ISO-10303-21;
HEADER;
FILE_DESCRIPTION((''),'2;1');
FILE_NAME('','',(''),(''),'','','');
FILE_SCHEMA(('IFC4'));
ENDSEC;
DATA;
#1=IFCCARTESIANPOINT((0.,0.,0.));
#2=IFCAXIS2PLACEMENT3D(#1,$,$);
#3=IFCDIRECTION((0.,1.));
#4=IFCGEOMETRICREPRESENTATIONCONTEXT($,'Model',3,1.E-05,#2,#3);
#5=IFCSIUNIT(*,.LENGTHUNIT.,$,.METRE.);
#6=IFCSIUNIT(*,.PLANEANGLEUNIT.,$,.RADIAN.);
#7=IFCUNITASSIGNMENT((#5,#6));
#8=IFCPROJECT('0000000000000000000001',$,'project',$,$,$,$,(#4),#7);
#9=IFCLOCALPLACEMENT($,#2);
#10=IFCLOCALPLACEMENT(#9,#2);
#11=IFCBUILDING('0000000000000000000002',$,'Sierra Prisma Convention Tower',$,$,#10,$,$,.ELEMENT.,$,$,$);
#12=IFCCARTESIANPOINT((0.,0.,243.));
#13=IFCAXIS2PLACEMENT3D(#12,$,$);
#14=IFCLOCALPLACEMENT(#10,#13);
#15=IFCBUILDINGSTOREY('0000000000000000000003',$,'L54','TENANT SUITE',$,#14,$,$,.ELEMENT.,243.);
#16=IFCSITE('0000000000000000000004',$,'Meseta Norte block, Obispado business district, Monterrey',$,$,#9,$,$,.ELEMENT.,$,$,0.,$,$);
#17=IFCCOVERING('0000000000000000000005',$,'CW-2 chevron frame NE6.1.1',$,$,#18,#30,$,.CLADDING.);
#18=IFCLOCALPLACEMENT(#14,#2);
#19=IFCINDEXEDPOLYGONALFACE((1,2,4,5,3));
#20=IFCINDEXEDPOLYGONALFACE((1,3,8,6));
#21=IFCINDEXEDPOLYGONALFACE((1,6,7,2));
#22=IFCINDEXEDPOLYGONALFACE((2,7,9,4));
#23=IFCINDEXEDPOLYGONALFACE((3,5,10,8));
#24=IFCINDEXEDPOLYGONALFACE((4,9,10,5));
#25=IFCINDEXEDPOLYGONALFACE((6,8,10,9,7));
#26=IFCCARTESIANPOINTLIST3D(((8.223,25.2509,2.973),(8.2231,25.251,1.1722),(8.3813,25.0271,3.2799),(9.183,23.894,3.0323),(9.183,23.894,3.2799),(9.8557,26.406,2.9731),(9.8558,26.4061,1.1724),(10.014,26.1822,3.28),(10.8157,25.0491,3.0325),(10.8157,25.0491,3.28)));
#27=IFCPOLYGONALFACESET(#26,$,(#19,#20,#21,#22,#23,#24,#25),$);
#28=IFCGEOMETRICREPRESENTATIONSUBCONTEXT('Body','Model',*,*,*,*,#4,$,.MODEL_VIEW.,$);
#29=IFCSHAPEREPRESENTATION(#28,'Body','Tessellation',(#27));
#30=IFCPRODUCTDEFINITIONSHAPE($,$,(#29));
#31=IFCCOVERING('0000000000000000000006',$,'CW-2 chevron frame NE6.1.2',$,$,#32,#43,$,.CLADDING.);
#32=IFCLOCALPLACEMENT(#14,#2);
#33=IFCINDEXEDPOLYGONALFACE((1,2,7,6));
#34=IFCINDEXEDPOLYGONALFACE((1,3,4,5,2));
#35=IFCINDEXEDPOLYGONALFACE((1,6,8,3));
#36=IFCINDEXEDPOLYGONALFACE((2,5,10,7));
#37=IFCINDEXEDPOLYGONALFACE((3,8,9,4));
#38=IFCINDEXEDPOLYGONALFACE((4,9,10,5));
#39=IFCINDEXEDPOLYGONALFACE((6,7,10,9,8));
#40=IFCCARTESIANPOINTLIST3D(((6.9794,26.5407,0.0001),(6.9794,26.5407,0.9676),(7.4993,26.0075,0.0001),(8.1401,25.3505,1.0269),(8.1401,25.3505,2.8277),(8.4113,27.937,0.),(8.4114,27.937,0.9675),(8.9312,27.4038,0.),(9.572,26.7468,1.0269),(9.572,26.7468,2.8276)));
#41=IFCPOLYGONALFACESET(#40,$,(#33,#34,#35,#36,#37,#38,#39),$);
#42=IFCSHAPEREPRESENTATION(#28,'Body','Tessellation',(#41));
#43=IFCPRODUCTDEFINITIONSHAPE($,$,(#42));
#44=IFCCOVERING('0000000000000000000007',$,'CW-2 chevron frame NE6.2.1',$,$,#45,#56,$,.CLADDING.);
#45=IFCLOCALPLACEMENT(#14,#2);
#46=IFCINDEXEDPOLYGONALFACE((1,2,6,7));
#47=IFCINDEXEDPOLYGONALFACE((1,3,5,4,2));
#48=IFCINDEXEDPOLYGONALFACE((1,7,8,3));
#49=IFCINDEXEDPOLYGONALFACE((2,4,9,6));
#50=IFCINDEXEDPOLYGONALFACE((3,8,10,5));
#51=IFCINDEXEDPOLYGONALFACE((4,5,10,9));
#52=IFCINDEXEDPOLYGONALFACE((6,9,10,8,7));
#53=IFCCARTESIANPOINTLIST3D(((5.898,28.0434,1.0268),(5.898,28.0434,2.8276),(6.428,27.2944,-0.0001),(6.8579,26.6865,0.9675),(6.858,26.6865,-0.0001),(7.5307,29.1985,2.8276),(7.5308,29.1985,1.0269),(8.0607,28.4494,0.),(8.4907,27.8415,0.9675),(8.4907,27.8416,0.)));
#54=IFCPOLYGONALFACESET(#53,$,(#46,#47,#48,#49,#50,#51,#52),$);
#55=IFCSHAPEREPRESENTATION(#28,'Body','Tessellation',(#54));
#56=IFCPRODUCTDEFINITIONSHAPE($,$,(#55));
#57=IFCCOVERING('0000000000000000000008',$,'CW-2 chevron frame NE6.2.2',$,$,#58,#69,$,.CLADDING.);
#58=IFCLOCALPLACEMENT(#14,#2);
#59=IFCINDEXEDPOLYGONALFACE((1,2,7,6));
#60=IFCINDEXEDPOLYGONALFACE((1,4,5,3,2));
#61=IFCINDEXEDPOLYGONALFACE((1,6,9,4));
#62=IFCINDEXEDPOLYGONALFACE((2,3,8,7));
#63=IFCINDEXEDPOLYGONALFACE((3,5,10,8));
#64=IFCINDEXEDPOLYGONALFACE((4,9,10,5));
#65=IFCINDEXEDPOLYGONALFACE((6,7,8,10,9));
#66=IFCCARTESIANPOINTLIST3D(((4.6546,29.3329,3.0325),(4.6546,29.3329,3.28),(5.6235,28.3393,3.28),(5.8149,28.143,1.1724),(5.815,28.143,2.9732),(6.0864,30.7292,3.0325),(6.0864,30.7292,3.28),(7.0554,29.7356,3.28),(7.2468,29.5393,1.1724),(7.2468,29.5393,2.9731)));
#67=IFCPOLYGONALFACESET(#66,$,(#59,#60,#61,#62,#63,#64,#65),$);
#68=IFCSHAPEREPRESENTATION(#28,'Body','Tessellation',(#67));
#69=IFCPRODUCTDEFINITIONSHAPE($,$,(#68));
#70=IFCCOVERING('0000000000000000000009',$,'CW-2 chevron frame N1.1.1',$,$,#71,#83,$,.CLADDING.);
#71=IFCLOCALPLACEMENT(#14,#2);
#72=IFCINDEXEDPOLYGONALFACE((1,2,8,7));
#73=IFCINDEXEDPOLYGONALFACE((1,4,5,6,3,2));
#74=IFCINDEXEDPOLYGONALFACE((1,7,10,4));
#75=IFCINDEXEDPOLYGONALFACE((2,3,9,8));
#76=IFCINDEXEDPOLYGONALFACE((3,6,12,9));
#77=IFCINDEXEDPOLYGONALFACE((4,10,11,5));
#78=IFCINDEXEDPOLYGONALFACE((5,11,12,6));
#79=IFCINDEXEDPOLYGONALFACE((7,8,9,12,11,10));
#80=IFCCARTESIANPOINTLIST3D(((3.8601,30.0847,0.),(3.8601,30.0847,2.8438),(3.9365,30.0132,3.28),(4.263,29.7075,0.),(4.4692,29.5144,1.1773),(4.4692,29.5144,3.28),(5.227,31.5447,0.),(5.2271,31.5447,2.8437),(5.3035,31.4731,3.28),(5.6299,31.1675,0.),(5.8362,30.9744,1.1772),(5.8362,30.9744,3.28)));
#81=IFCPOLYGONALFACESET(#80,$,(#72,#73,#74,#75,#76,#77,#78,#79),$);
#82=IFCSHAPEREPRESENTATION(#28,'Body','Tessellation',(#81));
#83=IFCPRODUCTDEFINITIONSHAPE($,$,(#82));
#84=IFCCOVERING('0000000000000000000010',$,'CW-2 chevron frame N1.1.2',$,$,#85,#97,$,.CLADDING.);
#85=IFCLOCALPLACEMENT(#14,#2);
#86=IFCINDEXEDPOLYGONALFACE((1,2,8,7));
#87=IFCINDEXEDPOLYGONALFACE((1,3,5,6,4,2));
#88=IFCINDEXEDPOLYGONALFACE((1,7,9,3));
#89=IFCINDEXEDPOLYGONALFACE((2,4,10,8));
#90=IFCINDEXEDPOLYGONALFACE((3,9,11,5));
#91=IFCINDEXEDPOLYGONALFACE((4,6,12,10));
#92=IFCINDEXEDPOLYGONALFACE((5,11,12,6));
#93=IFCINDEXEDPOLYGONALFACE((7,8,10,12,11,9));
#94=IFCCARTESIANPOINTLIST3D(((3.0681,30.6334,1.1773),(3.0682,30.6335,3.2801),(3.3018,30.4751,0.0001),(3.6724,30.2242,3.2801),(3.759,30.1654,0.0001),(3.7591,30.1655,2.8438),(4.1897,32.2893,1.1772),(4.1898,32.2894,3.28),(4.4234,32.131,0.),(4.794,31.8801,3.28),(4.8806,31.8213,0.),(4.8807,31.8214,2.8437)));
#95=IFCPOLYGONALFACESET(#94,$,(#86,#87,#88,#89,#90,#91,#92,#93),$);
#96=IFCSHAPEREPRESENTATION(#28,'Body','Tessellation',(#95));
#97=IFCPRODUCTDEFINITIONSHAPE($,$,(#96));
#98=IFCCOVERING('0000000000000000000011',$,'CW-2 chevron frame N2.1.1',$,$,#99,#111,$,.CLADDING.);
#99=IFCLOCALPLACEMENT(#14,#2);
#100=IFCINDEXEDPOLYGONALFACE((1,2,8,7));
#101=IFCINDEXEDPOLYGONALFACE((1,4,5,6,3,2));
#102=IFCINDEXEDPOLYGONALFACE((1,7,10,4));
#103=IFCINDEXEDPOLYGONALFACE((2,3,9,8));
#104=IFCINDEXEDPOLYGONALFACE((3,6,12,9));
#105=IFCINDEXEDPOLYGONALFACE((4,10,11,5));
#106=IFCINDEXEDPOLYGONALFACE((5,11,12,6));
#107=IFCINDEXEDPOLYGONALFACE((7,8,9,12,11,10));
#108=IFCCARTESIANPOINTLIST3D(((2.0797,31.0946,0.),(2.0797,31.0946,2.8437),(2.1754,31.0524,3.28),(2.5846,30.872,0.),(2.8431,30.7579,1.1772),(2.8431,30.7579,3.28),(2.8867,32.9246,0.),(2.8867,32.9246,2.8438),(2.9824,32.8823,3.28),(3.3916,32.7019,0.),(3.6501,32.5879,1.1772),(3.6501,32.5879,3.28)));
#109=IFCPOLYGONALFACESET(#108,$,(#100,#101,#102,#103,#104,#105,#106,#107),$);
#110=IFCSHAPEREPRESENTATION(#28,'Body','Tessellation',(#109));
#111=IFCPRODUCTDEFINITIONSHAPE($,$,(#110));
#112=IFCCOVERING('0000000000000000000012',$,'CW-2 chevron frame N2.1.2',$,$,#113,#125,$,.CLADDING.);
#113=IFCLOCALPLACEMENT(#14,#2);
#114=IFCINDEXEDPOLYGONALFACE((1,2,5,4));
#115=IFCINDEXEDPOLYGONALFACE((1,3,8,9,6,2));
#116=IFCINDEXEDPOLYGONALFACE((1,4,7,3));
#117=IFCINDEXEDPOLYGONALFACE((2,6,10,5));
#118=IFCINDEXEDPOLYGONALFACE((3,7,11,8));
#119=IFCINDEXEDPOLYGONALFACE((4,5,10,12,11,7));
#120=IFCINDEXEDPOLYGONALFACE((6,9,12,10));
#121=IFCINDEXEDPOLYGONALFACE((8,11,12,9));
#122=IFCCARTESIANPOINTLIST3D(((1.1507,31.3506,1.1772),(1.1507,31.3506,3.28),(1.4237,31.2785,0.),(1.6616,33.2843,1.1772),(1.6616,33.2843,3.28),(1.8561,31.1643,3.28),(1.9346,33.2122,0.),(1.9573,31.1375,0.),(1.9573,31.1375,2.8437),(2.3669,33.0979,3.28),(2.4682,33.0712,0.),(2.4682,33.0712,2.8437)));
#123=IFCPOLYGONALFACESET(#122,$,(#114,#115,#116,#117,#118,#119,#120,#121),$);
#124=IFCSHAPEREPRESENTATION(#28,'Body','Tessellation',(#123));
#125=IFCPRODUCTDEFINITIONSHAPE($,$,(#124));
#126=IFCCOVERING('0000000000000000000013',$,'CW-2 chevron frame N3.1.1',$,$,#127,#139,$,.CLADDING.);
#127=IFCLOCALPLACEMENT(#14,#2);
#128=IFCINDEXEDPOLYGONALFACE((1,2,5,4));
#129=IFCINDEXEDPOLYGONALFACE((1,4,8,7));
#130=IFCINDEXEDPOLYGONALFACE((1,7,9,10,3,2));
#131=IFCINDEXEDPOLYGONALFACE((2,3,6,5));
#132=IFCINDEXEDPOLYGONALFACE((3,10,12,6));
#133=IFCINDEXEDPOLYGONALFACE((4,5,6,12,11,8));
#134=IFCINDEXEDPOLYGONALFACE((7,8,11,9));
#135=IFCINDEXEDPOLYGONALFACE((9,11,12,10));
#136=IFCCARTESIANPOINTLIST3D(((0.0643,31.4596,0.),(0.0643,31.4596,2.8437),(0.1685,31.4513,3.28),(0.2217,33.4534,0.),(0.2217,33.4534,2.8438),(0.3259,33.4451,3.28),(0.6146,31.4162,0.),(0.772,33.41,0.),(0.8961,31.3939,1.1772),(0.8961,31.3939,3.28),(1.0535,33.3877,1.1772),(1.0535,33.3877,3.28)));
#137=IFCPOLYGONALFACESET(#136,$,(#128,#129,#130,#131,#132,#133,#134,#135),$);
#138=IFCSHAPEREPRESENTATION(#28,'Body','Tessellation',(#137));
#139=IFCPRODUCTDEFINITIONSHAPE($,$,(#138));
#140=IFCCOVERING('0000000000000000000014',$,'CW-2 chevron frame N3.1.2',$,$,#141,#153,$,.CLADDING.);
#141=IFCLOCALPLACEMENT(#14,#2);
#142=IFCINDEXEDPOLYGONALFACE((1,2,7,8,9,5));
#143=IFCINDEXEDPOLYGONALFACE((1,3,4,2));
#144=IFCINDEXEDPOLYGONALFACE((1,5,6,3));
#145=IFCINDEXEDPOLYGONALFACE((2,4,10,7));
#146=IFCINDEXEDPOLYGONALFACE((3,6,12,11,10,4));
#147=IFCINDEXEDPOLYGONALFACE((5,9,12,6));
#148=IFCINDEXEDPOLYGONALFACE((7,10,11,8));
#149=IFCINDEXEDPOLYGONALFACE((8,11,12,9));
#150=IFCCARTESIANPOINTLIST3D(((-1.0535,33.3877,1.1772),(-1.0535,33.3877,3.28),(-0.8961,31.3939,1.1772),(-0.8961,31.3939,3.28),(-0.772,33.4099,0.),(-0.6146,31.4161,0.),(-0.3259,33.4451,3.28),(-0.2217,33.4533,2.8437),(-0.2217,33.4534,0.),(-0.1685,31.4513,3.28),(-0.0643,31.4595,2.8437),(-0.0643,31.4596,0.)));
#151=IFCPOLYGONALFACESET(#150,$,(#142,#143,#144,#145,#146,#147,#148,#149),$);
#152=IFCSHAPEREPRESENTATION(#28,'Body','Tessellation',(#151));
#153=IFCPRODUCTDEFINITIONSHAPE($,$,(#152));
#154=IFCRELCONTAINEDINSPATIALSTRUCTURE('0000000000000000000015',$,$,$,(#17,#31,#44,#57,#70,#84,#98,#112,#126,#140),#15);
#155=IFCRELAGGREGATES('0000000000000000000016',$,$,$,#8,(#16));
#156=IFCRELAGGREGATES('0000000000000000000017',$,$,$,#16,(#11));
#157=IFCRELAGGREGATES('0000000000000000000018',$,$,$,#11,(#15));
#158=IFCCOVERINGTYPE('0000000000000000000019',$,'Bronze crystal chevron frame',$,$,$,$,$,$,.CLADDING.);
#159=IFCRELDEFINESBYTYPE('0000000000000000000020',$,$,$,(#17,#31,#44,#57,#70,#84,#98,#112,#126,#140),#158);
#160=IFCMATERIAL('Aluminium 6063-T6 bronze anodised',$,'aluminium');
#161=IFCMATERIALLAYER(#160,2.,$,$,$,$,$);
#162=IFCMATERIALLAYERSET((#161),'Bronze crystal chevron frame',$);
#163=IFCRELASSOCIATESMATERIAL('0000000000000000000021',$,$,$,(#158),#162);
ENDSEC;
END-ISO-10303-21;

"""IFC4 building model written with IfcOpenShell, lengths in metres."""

from ifc_helpers import new_model, si_unit, direction, frame, origin, place, context, subcontext, project, spatial, polyline, outline, extrude, material, layer, layer_set, type_object, element, save


model = new_model("IFC4")

# Units and contexts
model_context = context("Model", 3, precision=1e-05, world=origin(), true_north=direction((0.0, 1.0)))
body_context = subcontext(model_context, "Body", "Model", "MODEL_VIEW")
ifc_project = project(units=[si_unit("LENGTHUNIT", "METRE"), si_unit("PLANEANGLEUNIT", "RADIAN")], contexts=[model_context])

# Site, building, storey
site_placement = place(None, origin())
site = spatial("IfcSite", under=ifc_project, at=site_placement, Name="Meseta Norte block, Obispado business district, Monterrey", CompositionType="ELEMENT", RefElevation=0.0)
building_placement = place(site_placement, origin())
building = spatial("IfcBuilding", under=site, at=building_placement, Name="Sierra Prisma Convention Tower", CompositionType="ELEMENT")
storey_placement = place(building_placement, frame((0.0, 0.0, 243.0)))
storey = spatial("IfcBuildingStorey", under=building, at=storey_placement, Name="L54", Description="TENANT SUITE", CompositionType="ELEMENT", Elevation=243.0)

# Coverings
ifc_material_1 = material(Name="Aluminium 6063-T6 bronze anodised", Category="aluminium")
ifc_layer_1 = layer(ifc_material_1, 2.0)
ifc_layer_set_1 = layer_set([ifc_layer_1], Name="Bronze crystal chevron frame")
covering_type = type_object("IfcCoveringType", Name="Bronze crystal chevron frame", PredefinedType="CLADDING", material=ifc_layer_set_1)
covering_1_placement = place(storey_placement, frame((10.8157, 25.0491, 3.28), z_axis=(0.816358, 0.577546, 0.000063), x_axis=(0.000052, 0.000036, -1.0)))
element("IfcCovering", 1, at=covering_1_placement, inside=storey, type_object=covering_type, Name="CW-2 chevron frame NE6.1.1", PredefinedType="CLADDING", context=body_context, shape_type="SweptSolid", body=[
    extrude(outline(polyline([(0.0, 0.0), (0.2476, 0.0), (2.1077, 1.6622), (0.3069, 1.6622), (0.0, 1.388), (0.0, 0.0)])), origin(), (0.0, 0.0, -1.0), 2.0),
])
covering_2_placement = place(storey_placement, frame((9.572, 26.7468, 2.8276), z_axis=(0.715954, 0.698147, -0.000043), x_axis=(-0.000031, -0.00003, -1.0)))
element("IfcCovering", 2, at=covering_2_placement, inside=storey, type_object=covering_type, Name="CW-2 chevron frame NE6.1.2", PredefinedType="CLADDING", context=body_context, shape_type="SweptSolid", body=[
    extrude(outline(polyline([(0.0, 0.0), (1.8008, 0.0), (2.8276, 0.9178), (2.8276, 1.6624), (1.8601, 1.6624), (0.0, 0.0)])), origin(), (0.0, 0.0, -1.0), 2.0),
])
covering_3_placement = place(storey_placement, frame((8.4907, 27.8416, 0.0), z_axis=(0.816377, 0.577519, 0.000034), x_axis=(-0.577519, 0.816377, 0.0)))
element("IfcCovering", 3, at=covering_3_placement, inside=storey, type_object=covering_type, Name="CW-2 chevron frame NE6.2.1", PredefinedType="CLADDING", context=body_context, shape_type="SweptSolid", body=[
    extrude(outline(polyline([(0.0, 0.0), (0.7446, 0.0), (1.6622, 1.0269), (1.6622, 2.8276), (0.0, 0.9675), (0.0, 0.0)])), origin(), (0.0, 0.0, -1.0), 2.0),
])
covering_4_placement = place(storey_placement, frame((6.0864, 30.7292, 3.28), z_axis=(0.715937, 0.698165, -0.000003), x_axis=(0.698165, -0.715937, 0.0)))
element("IfcCovering", 4, at=covering_4_placement, inside=storey, type_object=covering_type, Name="CW-2 chevron frame NE6.2.2", PredefinedType="CLADDING", context=body_context, shape_type="SweptSolid", body=[
    extrude(outline(polyline([(0.0, 0.0), (1.3879, 0.0), (1.6621, 0.3069), (1.6621, 2.1077), (0.0, 0.2476), (0.0, 0.0)])), origin(), (0.0, 0.0, -1.0), 2.0),
])
covering_5_placement = place(storey_placement, frame((5.8362, 30.9744, 3.28), z_axis=(0.683469, 0.729979, -0.000006), x_axis=(-0.000004, -0.000004, -1.0)))
element("IfcCovering", 5, at=covering_5_placement, inside=storey, type_object=covering_type, Name="CW-2 chevron frame N1.1.1", PredefinedType="CLADDING", context=body_context, shape_type="SweptSolid", body=[
    extrude(outline(polyline([(0.0, 0.0), (2.1028, 0.0), (3.28, 0.2826), (3.28, 0.8344), (0.4363, 0.8344), (0.0, 0.7298), (0.0, 0.0)])), origin(), (0.0, 0.0, -1.0), 2.0),
])
covering_6_placement = place(storey_placement, frame((4.8806, 31.8213, 0.0), z_axis=(0.560792, 0.827956, -0.000042), x_axis=(-0.827956, 0.560792, 0.0)))
element("IfcCovering", 6, at=covering_6_placement, inside=storey, type_object=covering_type, Name="CW-2 chevron frame N1.1.2", PredefinedType="CLADDING", context=body_context, shape_type="SweptSolid", body=[
    extrude(outline(polyline([(0.0, 0.0), (0.5522, 0.0), (0.8345, 1.1772), (0.8345, 3.28), (0.1048, 3.28), (0.0, 2.8437), (0.0, 0.0)])), origin(), (0.0, 0.0, -1.0), 2.0),
])
covering_7_placement = place(storey_placement, frame((3.6501, 32.5879, 3.28), z_axis=(0.403502, 0.914979, 0.000004), x_axis=(0.000002, 0.000004, -1.0)))
element("IfcCovering", 7, at=covering_7_placement, inside=storey, type_object=covering_type, Name="CW-2 chevron frame N2.1.1", PredefinedType="CLADDING", context=body_context, shape_type="SweptSolid", body=[
    extrude(outline(polyline([(0.0, 0.0), (2.1028, 0.0), (3.28, 0.2826), (3.28, 0.8344), (0.4363, 0.8344), (0.0, 0.7298), (0.0, 0.0)])), origin(), (0.0, 0.0, -1.0), 2.0),
])
covering_8_placement = place(storey_placement, frame((1.9346, 33.2122, 0.0), z_axis=(0.25544, 0.966825, 0.000002), x_axis=(-0.225491, 0.059574, 0.972422)))
element("IfcCovering", 8, at=covering_8_placement, inside=storey, type_object=covering_type, Name="CW-2 chevron frame N2.1.2", PredefinedType="CLADDING", context=body_context, shape_type="SweptSolid", body=[
    extrude(outline(polyline([(0.0, 0.0), (1.2106, 0.0), (3.2554, 0.4904), (3.0853, 1.1999), (2.6366, 1.2), (-0.1287, 0.5367), (0.0, 0.0)])), origin(), (0.0, 0.0, -1.0), 2.0),
])
covering_9_placement = place(storey_placement, frame((1.0535, 33.3877, 3.28), z_axis=(0.078706, 0.996898, 0.00001), x_axis=(0.000001, 0.00001, -1.0)))
element("IfcCovering", 9, at=covering_9_placement, inside=storey, type_object=covering_type, Name="CW-2 chevron frame N3.1.1", PredefinedType="CLADDING", context=body_context, shape_type="SweptSolid", body=[
    extrude(outline(polyline([(0.0, 0.0), (2.1028, 0.0), (3.28, 0.2824), (3.28, 0.8344), (0.4363, 0.8344), (0.0, 0.7298), (0.0, 0.0)])), origin(), (0.0, 0.0, -1.0), 2.0),
])
covering_10_placement = place(storey_placement, frame((-0.2217, 33.4534, 0.0), z_axis=(-0.078706, 0.996898, 0.00001), x_axis=(-0.996898, -0.078706, 0.0)))
element("IfcCovering", 10, at=covering_10_placement, inside=storey, type_object=covering_type, Name="CW-2 chevron frame N3.1.2", PredefinedType="CLADDING", context=body_context, shape_type="SweptSolid", body=[
    extrude(outline(polyline([(0.0, 0.0), (0.552, 0.0), (0.8344, 1.1772), (0.8344, 3.28), (0.1046, 3.28), (0.0, 2.8437), (0.0, 0.0)])), origin(), (0.0, 0.0, -1.0), 2.0),
])

save(model, "model.ifc")
